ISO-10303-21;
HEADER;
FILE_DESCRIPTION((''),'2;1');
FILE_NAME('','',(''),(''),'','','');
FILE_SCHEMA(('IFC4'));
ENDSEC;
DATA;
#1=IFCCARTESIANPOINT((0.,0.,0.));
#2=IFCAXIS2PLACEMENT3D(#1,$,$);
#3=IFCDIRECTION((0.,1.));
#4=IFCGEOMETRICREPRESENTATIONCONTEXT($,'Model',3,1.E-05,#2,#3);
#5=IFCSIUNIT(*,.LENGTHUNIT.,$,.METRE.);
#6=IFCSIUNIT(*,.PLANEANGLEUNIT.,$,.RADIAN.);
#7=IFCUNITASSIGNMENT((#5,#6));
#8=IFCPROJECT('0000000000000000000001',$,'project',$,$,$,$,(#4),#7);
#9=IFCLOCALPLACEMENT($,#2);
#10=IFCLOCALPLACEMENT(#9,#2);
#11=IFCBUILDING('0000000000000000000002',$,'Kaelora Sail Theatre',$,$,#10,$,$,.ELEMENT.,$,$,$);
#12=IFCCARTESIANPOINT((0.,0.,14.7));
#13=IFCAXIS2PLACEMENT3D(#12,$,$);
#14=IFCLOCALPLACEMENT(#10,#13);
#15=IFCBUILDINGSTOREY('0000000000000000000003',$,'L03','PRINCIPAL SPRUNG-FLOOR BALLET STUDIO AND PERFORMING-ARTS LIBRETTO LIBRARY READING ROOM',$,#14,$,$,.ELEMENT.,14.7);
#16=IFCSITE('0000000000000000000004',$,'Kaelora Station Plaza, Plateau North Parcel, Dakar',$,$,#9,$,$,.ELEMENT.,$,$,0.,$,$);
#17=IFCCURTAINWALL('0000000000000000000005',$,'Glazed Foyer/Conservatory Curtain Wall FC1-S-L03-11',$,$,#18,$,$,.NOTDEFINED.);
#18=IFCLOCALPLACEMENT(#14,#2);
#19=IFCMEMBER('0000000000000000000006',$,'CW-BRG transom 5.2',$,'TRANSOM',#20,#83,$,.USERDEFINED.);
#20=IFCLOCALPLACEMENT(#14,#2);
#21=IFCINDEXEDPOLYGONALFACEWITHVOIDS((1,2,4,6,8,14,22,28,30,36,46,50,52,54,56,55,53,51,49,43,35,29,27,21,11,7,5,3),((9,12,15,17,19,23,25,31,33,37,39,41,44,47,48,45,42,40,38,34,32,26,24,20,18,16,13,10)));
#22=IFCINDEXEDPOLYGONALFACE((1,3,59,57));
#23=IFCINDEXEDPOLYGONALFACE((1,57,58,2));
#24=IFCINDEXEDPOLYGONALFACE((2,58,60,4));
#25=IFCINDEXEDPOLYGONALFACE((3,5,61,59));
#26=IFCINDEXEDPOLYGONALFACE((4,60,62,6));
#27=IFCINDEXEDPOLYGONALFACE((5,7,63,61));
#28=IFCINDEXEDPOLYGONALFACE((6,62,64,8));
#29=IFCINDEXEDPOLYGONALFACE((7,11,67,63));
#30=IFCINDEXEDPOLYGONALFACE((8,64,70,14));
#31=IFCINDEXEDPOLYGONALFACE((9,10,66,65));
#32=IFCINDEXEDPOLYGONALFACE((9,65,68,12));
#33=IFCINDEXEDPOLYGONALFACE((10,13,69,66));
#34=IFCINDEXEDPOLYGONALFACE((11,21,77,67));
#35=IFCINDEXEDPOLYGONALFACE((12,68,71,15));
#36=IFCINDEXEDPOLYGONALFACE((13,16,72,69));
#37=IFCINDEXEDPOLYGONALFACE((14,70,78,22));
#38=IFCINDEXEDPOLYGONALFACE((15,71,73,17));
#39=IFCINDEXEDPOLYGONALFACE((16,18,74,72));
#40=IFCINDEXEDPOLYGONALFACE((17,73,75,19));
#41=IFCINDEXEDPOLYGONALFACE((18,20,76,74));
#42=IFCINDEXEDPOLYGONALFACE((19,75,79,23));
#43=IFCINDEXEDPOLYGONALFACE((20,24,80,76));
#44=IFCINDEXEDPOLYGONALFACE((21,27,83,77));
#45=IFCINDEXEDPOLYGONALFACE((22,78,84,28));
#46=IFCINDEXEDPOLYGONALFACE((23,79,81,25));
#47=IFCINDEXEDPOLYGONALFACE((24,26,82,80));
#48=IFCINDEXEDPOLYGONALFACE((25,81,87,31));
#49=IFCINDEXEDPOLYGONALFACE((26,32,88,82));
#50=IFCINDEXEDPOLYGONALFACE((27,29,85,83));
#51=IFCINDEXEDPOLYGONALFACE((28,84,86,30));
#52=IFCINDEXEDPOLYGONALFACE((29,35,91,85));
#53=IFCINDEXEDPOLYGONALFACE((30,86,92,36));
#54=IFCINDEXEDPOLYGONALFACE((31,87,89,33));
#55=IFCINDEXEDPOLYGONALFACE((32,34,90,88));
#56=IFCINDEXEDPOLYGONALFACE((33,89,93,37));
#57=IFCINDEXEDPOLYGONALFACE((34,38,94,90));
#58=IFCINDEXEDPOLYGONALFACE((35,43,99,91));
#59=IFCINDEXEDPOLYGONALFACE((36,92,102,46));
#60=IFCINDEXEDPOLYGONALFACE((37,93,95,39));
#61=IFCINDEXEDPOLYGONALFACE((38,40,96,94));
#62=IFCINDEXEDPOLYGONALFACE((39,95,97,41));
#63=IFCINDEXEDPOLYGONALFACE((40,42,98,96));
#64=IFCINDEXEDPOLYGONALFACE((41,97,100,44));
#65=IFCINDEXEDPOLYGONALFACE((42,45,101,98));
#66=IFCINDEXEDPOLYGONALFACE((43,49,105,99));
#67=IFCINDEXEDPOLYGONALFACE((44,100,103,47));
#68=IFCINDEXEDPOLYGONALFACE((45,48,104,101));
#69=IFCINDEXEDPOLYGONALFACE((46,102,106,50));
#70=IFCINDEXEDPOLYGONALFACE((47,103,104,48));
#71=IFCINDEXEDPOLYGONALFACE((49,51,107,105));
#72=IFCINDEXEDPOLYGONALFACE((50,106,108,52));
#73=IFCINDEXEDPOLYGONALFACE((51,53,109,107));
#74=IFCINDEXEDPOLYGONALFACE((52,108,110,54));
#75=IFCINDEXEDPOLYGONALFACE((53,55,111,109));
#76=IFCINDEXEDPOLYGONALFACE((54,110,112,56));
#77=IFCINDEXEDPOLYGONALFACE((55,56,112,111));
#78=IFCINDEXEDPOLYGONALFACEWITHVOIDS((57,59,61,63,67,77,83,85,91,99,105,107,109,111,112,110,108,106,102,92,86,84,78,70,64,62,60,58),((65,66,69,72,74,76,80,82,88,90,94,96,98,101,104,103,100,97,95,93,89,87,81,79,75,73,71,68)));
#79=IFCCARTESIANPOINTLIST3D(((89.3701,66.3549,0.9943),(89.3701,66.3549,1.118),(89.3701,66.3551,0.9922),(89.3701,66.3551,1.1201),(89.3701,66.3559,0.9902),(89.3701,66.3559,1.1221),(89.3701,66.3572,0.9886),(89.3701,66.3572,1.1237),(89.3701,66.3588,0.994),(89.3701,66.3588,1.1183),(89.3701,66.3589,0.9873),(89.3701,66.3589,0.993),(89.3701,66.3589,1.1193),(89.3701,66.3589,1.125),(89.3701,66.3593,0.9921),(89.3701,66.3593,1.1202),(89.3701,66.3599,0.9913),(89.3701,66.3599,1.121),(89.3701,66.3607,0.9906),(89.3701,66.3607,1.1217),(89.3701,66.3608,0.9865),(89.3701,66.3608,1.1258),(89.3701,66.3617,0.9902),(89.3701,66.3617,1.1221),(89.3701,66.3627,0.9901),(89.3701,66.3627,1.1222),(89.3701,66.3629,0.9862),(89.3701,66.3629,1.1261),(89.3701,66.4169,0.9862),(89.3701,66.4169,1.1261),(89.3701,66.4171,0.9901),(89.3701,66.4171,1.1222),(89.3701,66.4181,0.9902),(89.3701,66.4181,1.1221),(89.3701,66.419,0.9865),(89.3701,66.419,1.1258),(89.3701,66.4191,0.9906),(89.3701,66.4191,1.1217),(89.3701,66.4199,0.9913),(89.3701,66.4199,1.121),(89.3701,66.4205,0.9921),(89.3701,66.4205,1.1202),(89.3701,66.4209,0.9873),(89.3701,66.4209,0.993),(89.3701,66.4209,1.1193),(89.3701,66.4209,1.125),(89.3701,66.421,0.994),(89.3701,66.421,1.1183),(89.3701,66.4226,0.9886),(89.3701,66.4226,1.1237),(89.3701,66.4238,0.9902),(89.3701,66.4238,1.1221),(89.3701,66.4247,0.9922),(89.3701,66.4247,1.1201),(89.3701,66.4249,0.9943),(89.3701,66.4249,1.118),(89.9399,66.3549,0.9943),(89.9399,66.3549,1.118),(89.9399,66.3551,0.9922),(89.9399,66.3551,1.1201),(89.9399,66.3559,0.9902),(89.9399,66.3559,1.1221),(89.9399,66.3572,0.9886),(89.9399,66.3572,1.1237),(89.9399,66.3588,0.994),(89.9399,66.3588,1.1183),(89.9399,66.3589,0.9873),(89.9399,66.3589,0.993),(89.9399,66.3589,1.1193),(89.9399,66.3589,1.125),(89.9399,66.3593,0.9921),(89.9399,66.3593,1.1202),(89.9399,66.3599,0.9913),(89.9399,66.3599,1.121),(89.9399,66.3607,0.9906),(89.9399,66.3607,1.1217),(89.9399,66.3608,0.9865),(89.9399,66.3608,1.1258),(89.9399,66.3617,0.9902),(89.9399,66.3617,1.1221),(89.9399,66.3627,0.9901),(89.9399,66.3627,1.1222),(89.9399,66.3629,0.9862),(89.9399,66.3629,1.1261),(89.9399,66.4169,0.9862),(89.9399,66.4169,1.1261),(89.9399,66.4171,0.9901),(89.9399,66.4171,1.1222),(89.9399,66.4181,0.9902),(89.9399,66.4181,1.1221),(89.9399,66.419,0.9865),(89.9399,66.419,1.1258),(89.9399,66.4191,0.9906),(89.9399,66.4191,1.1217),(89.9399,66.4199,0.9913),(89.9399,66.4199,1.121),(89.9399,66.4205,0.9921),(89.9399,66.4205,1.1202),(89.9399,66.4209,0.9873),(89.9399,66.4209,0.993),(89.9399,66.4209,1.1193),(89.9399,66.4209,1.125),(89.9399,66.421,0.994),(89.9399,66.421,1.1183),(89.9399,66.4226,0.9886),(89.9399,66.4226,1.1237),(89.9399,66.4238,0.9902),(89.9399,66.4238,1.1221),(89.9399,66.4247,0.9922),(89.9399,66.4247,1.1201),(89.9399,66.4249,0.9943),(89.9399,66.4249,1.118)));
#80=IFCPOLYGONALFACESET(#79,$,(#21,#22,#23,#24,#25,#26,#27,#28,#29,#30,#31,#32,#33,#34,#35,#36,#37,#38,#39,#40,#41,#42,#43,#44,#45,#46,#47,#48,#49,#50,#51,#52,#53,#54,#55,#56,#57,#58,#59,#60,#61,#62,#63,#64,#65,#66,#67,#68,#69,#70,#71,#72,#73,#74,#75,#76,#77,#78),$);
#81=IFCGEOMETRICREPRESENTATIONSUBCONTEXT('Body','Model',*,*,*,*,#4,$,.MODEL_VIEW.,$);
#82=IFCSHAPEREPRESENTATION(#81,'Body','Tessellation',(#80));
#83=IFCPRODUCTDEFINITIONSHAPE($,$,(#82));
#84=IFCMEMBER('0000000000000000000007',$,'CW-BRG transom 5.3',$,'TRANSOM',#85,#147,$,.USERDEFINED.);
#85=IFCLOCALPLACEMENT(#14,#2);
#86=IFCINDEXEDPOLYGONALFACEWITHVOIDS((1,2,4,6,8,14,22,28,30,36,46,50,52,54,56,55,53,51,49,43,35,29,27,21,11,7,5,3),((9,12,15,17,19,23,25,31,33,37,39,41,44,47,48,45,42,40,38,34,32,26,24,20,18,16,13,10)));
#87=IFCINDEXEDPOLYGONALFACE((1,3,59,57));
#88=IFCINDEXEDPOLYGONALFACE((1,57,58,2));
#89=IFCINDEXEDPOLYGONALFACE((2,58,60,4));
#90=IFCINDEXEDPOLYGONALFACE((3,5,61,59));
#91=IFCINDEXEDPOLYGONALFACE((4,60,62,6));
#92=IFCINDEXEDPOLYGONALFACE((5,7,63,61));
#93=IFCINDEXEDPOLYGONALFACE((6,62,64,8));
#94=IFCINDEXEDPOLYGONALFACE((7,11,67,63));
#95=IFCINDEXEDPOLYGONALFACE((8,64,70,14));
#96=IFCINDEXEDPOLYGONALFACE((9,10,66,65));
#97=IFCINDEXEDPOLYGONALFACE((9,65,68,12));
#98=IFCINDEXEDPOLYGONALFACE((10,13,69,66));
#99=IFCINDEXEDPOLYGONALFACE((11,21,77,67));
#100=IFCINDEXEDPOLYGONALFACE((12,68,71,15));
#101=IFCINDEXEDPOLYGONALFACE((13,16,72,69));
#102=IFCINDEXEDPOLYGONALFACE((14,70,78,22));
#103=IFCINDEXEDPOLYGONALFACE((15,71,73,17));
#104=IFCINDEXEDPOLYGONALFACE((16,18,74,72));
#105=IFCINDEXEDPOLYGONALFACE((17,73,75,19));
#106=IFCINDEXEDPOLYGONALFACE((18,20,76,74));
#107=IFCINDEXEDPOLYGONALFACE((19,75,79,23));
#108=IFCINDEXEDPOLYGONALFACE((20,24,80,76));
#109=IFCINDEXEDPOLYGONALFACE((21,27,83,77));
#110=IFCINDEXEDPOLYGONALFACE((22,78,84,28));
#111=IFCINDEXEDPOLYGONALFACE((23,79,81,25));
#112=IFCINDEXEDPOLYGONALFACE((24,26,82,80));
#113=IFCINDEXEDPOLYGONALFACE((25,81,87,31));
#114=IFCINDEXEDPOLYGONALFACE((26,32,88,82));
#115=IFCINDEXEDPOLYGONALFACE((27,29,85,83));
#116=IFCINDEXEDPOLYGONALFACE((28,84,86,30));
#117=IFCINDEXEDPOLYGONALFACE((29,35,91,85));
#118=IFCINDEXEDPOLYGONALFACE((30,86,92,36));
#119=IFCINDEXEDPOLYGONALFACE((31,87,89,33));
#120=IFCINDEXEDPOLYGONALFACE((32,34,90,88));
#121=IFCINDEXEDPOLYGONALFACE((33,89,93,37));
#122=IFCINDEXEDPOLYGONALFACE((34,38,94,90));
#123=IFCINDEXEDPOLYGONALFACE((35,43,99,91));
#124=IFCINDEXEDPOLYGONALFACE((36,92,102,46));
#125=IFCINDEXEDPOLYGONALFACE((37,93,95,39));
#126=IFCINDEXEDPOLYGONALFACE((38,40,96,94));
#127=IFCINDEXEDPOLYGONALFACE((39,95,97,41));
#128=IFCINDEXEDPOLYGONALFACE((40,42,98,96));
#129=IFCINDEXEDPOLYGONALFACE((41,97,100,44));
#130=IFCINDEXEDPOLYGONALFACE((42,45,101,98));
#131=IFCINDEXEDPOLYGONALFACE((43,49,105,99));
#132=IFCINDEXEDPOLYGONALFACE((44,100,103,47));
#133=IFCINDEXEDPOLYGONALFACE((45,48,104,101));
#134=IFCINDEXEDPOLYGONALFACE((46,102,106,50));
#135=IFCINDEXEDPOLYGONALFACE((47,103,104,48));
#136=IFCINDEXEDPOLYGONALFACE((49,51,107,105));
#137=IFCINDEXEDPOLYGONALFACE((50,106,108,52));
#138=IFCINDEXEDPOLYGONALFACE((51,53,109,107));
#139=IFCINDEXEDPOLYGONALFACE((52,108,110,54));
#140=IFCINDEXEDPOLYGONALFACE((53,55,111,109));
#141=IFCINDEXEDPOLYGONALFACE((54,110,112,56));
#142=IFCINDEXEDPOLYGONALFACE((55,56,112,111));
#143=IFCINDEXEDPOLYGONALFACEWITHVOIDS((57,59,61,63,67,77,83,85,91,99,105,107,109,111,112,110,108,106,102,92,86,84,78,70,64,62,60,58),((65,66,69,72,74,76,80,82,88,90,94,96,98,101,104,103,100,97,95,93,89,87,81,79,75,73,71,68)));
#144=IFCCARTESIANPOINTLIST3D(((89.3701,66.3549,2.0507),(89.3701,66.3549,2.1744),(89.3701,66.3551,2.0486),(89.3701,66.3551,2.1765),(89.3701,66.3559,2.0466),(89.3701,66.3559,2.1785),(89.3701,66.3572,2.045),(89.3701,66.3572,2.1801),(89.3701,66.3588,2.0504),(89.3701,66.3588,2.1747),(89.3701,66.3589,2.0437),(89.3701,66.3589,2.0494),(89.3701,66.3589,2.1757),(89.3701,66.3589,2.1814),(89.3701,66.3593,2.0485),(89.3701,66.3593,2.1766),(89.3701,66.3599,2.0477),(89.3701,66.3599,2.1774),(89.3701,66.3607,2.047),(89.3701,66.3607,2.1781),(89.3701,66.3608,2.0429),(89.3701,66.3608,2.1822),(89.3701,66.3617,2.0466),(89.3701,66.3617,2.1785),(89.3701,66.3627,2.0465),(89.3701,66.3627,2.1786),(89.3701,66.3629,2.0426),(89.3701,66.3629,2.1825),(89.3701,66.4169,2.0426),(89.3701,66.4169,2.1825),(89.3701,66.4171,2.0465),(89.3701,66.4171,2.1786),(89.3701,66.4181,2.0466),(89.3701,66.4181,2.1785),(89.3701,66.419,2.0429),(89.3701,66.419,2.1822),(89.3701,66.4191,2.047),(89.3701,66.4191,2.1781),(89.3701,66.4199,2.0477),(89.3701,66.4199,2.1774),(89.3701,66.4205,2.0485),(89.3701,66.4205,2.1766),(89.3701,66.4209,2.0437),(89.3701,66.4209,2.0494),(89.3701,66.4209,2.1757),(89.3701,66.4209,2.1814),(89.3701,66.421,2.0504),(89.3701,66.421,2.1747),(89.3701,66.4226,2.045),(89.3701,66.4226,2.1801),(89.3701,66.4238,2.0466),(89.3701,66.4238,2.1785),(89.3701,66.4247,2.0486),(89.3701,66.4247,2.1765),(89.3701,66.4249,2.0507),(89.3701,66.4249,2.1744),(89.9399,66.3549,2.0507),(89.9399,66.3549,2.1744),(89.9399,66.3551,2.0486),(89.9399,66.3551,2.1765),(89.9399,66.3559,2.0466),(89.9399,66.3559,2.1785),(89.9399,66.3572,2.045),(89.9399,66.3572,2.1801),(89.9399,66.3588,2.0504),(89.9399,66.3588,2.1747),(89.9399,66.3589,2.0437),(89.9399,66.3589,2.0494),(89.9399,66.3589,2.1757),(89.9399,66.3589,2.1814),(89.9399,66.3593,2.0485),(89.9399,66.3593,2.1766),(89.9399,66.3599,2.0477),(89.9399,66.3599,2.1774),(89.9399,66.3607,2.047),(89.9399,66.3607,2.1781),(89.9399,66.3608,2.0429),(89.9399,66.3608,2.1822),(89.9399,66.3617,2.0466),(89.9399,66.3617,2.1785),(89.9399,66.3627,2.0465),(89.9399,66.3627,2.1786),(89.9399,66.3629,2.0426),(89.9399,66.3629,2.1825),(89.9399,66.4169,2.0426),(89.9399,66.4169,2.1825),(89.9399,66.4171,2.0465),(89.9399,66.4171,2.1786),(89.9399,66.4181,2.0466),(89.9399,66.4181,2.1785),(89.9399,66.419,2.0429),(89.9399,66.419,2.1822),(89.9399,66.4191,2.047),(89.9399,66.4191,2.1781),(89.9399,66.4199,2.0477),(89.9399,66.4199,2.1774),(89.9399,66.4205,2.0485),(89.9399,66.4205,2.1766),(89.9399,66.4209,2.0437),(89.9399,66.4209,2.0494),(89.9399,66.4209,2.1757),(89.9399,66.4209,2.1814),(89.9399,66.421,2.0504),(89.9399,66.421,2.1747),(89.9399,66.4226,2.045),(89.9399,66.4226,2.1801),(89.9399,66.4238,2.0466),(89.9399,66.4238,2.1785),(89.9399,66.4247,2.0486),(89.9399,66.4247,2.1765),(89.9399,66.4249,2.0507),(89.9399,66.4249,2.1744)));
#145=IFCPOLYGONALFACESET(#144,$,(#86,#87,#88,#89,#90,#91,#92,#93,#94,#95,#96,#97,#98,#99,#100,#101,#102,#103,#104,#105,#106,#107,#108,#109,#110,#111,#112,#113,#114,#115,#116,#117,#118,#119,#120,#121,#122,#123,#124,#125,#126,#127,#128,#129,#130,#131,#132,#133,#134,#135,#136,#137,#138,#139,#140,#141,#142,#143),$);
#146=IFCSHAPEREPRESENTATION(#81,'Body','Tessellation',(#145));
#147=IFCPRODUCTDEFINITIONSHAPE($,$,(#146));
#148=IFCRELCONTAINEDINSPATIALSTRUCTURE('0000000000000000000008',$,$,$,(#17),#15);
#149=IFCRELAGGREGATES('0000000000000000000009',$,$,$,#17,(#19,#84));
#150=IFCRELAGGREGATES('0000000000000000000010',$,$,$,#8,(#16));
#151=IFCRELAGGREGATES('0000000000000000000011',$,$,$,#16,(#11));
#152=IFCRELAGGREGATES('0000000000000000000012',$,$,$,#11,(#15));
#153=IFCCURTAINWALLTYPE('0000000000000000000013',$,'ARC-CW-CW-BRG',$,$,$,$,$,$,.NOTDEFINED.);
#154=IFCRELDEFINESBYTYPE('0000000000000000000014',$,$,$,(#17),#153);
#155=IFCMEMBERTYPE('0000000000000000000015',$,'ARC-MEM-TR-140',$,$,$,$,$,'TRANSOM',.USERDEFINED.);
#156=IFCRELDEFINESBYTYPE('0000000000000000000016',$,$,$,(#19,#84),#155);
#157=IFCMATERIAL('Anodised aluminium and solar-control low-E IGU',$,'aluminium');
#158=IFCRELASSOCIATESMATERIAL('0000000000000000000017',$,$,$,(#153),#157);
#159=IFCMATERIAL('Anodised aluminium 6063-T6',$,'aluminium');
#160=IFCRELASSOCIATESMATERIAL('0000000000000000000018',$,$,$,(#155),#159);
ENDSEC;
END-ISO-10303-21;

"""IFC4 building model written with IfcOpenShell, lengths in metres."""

from ifc_helpers import new_model, si_unit, direction, frame, origin, origin_2d, place, context, subcontext, project, spatial, hollow_rectangle, extrude, material, material_profile, profile_set, type_object, element, aggregate, save


model = new_model("IFC4")

# Units and contexts
model_context = context("Model", 3, precision=1e-05, world=origin(), true_north=direction((0.0, 1.0)))
body_context = subcontext(model_context, "Body", "Model", "MODEL_VIEW")
ifc_project = project(units=[si_unit("LENGTHUNIT", "METRE"), si_unit("PLANEANGLEUNIT", "RADIAN")], contexts=[model_context])

# Site, building, storey
site_placement = place(None, origin())
site = spatial("IfcSite", under=ifc_project, at=site_placement, Name="Kaelora Station Plaza, Plateau North Parcel, Dakar", CompositionType="ELEMENT", RefElevation=0.0)
building_placement = place(site_placement, origin())
building = spatial("IfcBuilding", under=site, at=building_placement, Name="Kaelora Sail Theatre", CompositionType="ELEMENT")
storey_placement = place(building_placement, frame((0.0, 0.0, 14.7)))
storey = spatial("IfcBuildingStorey", under=building, at=storey_placement, Name="L03", Description="PRINCIPAL SPRUNG-FLOOR BALLET STUDIO AND PERFORMING-ARTS LIBRETTO LIBRARY READING ROOM", CompositionType="ELEMENT", Elevation=14.7)

# Curtain wall, members
ifc_material_1 = material(Name="Anodised aluminium and solar-control low-E IGU", Category="aluminium")
curtain_wall_type = type_object("IfcCurtainWallType", Name="ARC-CW-CW-BRG", PredefinedType="NOTDEFINED", material=ifc_material_1)
curtain_wall_placement = place(storey_placement, origin())
curtain_wall = element("IfcCurtainWall", 1, at=curtain_wall_placement, inside=storey, type_object=curtain_wall_type, Name="Glazed Foyer/Conservatory Curtain Wall FC1-S-L03-11", PredefinedType="NOTDEFINED")
ifc_material_2 = material(Name="Anodised aluminium 6063-T6", Category="aluminium")
ifc_material_profile_1 = material_profile(ifc_material_2, hollow_rectangle(XDim=0.0701, YDim=0.1399, WallThickness=0.0039, InnerFilletRadius=0.0039, OuterFilletRadius=0.0081, at=origin_2d()), Name="ALU-TRAN 70x140x4")
ifc_profile_set_1 = profile_set([ifc_material_profile_1], Name="Anodised aluminium 6063-T6")
member_type_1 = type_object("IfcMemberType", Name="ARC-MEM-TR-140", ElementType="TRANSOM", PredefinedType="USERDEFINED", material=ifc_profile_set_1)
member_1_placement = place(storey_placement, frame((89.3701, 66.3899, 1.0562), z_axis=(1.0, 0.0, 0.0), x_axis=(0.0, 1.0, 0.0)))
member_1 = element("IfcMember", 2, at=member_1_placement, type_object=member_type_1, Name="CW-BRG transom 5.2", ObjectType="TRANSOM", PredefinedType="USERDEFINED", context=body_context, shape_type="SweptSolid", body=[
    extrude(hollow_rectangle(XDim=0.0701, YDim=0.1399, WallThickness=0.0039, InnerFilletRadius=0.0039, OuterFilletRadius=0.0081, at=origin_2d()), origin(), (0.0, 0.0, 1.0), 0.5698),
])
member_2_placement = place(storey_placement, frame((89.3701, 66.3899, 2.1125), z_axis=(1.0, 0.0, 0.0), x_axis=(0.0, 1.0, 0.0)))
member_2 = element("IfcMember", 3, at=member_2_placement, type_object=member_type_1, Name="CW-BRG transom 5.3", ObjectType="TRANSOM", PredefinedType="USERDEFINED", context=body_context, shape_type="SweptSolid", body=[
    extrude(hollow_rectangle(XDim=0.0701, YDim=0.1399, WallThickness=0.0039, InnerFilletRadius=0.0039, OuterFilletRadius=0.0081, at=origin_2d()), origin(), (0.0, 0.0, 1.0), 0.5698),
])
aggregate(curtain_wall, [member_1, member_2])

save(model, "model.ifc")
